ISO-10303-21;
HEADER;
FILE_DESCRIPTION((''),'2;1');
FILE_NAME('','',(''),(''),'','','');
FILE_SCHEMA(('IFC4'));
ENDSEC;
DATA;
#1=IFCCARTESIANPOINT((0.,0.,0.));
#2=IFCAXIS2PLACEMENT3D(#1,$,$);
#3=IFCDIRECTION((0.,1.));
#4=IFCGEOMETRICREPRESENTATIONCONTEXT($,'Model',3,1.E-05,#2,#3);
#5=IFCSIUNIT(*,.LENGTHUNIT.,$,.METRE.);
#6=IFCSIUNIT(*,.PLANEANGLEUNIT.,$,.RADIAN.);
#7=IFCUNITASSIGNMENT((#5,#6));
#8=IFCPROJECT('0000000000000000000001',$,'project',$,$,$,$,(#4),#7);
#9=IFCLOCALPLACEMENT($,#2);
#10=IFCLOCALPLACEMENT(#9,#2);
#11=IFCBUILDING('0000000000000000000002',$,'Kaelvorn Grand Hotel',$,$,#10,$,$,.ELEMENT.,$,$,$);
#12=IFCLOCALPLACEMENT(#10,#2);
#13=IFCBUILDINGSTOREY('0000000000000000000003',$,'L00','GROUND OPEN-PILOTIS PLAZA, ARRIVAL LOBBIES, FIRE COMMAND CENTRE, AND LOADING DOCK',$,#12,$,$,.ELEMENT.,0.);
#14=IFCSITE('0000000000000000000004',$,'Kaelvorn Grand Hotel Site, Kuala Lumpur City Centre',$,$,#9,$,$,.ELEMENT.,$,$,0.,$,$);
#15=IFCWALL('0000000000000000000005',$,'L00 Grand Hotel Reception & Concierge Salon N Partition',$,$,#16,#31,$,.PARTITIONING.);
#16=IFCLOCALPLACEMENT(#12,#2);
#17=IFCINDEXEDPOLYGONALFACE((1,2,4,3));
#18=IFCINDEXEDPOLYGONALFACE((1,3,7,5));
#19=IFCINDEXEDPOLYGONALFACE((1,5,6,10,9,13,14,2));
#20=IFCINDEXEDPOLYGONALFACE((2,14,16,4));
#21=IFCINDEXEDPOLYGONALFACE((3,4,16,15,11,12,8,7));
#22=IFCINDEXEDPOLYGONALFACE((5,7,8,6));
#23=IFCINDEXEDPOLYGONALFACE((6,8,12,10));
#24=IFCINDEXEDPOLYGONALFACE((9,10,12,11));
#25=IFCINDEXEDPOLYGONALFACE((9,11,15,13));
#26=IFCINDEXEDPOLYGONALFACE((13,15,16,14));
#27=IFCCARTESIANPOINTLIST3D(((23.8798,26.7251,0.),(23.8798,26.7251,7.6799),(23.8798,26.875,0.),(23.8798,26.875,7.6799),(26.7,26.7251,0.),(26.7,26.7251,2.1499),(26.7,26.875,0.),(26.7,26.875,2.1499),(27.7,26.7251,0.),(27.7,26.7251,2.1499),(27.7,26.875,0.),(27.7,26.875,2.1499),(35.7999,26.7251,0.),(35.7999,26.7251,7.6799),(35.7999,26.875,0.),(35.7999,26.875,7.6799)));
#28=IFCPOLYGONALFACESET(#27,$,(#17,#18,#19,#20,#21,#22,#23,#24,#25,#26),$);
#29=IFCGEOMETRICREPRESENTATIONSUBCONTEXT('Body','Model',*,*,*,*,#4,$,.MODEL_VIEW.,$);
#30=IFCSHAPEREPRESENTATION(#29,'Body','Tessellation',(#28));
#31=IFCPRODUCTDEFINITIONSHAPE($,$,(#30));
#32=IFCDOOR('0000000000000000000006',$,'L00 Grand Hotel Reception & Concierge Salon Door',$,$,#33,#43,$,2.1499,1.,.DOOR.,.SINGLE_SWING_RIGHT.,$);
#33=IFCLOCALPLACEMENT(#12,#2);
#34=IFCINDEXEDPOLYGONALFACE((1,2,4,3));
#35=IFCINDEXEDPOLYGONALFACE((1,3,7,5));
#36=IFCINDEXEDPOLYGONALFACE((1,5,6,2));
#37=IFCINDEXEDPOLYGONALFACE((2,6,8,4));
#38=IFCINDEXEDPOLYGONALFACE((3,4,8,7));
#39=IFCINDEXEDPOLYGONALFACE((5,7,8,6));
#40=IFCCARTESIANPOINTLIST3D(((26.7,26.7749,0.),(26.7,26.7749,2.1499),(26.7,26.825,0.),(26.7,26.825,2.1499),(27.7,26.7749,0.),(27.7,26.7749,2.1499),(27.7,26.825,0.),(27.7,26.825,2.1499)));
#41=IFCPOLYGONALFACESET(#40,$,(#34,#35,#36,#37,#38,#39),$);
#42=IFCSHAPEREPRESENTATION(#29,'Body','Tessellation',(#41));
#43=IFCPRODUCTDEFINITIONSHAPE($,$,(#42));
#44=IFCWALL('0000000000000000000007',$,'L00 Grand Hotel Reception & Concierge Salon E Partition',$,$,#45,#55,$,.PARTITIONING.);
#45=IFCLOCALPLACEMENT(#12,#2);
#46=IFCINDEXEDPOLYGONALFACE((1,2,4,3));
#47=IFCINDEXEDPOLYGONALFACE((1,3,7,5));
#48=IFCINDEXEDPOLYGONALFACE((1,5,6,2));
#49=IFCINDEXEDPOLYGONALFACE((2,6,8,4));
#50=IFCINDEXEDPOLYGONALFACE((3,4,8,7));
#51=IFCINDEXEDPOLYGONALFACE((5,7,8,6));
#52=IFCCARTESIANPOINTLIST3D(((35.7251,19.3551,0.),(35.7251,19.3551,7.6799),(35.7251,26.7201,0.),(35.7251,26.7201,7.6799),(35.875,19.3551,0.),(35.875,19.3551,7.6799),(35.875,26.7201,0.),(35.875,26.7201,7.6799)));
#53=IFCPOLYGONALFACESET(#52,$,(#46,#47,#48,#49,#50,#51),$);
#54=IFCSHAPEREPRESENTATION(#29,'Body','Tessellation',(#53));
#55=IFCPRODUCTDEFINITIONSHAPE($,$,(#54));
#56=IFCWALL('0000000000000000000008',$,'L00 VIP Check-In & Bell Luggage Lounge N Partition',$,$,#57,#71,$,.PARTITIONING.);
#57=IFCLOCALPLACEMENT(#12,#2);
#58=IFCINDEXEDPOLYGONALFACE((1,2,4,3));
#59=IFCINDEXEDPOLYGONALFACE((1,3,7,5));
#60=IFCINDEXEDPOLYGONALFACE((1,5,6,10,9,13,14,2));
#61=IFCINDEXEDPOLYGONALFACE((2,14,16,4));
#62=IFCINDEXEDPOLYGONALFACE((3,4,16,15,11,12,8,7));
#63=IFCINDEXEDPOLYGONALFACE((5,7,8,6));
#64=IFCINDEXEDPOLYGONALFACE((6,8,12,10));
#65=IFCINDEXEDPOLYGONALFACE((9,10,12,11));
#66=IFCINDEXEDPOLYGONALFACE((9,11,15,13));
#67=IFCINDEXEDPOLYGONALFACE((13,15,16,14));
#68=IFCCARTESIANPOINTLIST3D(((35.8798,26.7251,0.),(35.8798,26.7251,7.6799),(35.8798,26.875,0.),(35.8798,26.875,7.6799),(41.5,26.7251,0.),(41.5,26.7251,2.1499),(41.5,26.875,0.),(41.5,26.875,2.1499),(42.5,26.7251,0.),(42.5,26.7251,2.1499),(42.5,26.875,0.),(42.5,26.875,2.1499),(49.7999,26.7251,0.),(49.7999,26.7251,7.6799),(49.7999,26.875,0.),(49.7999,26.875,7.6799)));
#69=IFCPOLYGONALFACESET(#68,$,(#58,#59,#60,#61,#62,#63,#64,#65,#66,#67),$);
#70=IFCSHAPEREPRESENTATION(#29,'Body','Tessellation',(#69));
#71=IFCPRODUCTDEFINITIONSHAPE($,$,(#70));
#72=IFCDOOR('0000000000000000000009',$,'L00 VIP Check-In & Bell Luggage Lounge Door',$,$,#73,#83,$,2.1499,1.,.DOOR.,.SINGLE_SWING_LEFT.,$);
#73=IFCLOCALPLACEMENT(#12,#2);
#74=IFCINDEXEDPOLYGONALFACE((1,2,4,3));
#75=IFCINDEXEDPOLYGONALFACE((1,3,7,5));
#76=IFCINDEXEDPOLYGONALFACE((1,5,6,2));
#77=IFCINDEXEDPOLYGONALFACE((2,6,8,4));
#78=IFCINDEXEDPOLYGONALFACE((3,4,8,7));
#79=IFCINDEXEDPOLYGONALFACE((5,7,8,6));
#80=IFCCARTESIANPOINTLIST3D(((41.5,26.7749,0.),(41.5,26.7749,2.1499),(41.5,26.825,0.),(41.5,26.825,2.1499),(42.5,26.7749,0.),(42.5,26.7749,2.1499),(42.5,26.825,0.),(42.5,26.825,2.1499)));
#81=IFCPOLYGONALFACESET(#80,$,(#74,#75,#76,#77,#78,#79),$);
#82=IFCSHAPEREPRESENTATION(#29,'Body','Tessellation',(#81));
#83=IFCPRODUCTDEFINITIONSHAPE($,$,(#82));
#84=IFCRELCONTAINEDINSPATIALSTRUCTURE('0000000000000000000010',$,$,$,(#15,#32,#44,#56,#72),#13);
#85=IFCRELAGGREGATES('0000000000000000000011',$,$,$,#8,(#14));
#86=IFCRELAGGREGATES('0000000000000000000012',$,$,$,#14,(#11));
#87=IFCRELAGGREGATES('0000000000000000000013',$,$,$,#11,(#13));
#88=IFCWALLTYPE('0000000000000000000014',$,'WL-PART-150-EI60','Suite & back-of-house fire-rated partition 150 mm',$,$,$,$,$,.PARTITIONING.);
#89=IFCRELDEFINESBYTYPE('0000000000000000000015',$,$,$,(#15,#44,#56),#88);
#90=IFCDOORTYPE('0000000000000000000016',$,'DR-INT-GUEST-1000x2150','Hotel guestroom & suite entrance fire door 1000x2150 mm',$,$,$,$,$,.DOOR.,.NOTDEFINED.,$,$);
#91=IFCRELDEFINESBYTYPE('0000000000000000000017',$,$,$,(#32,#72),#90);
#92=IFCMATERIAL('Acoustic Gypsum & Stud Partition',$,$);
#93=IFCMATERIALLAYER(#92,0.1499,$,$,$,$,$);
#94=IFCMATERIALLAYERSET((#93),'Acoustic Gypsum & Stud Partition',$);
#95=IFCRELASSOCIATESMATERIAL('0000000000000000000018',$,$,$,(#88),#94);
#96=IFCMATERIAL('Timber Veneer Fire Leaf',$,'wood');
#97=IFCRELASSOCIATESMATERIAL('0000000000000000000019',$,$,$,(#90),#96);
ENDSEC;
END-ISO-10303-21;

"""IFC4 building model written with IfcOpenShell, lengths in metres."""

from ifc_helpers import new_model, si_unit, direction, frame, frame_2d, origin, place, context, subcontext, project, spatial, rectangle, extrude, material, layer, layer_set, type_object, element, fill, save


model = new_model("IFC4")

# Units and contexts
model_context = context("Model", 3, precision=1e-05, world=origin(), true_north=direction((0.0, 1.0)))
body_context = subcontext(model_context, "Body", "Model", "MODEL_VIEW")
ifc_project = project(units=[si_unit("LENGTHUNIT", "METRE"), si_unit("PLANEANGLEUNIT", "RADIAN")], contexts=[model_context])

# Site, building, storey
site_placement = place(None, origin())
site = spatial("IfcSite", under=ifc_project, at=site_placement, Name="Kaelvorn Grand Hotel Site, Kuala Lumpur City Centre", CompositionType="ELEMENT", RefElevation=0.0)
building_placement = place(site_placement, origin())
building = spatial("IfcBuilding", under=site, at=building_placement, Name="Kaelvorn Grand Hotel", CompositionType="ELEMENT")
storey_placement = place(building_placement, origin())
storey = spatial("IfcBuildingStorey", under=building, at=storey_placement, Name="L00", Description="GROUND OPEN-PILOTIS PLAZA, ARRIVAL LOBBIES, FIRE COMMAND CENTRE, AND LOADING DOCK", CompositionType="ELEMENT", Elevation=0.0)

# Shared definitions
ifc_material_1 = material(Name="Acoustic Gypsum & Stud Partition")
ifc_layer_1 = layer(ifc_material_1, 0.1499)
ifc_layer_set_1 = layer_set([ifc_layer_1], Name="Acoustic Gypsum & Stud Partition")
wall_type = type_object("IfcWallType", Name="WL-PART-150-EI60", Description="Suite & back-of-house fire-rated partition 150 mm", PredefinedType="PARTITIONING", material=ifc_layer_set_1)

# Wall, opening, door
wall_1_placement = place(storey_placement, frame((23.8799, 26.8, 0.0), z_axis=(0.0, 0.0, 1.0), x_axis=(1.0, 0.0, 0.0)))
wall_1 = element("IfcWall", 1, at=wall_1_placement, inside=storey, type_object=wall_type, Name="L00 Grand Hotel Reception & Concierge Salon N Partition", PredefinedType="PARTITIONING", context=body_context, shape_type="SweptSolid", body=[
    extrude(rectangle(XDim=11.9202, YDim=0.1499, at=frame_2d((5.96, 0.0))), origin(), (0.0, 0.0, 1.0), 7.6799),
])
opening_1_placement = place(wall_1_placement, frame((2.8201, 0.0, 0.0)))
opening_1 = element("IfcOpeningElement", 2, at=opening_1_placement, cuts=wall_1, PredefinedType="OPENING", context=body_context, shape_type="SweptSolid", body=[
    extrude(rectangle(XDim=1.0, YDim=2.1499, at=frame_2d((0.5, 1.075))), frame((0.0, 0.085, 0.0), z_axis=(0.0, -1.0, 0.0), x_axis=(1.0, 0.0, 0.0)), (0.0, 0.0, 1.0), 0.1699),
])
ifc_material_2 = material(Name="Timber Veneer Fire Leaf", Category="wood")
door_type = type_object("IfcDoorType", Name="DR-INT-GUEST-1000x2150", Description="Hotel guestroom & suite entrance fire door 1000x2150 mm", OperationType="NOTDEFINED", PredefinedType="DOOR", material=ifc_material_2)
door_1_placement = place(opening_1_placement, origin())
door_1 = element("IfcDoor", 3, at=door_1_placement, inside=storey, type_object=door_type, Name="L00 Grand Hotel Reception & Concierge Salon Door", OperationType="SINGLE_SWING_RIGHT", OverallHeight=2.1499, OverallWidth=1.0, PredefinedType="DOOR", context=body_context, shape_type="SweptSolid", body=[
    extrude(rectangle(XDim=1.0, YDim=2.1499, at=frame_2d((0.5, 1.075))), frame((0.0, 0.0249, 0.0), z_axis=(0.0, -1.0, 0.0), x_axis=(1.0, 0.0, 0.0)), (0.0, 0.0, 1.0), 0.05),
])
fill(opening_1, door_1)

# Wall
wall_2_placement = place(storey_placement, frame((35.8, 19.355, 0.0), z_axis=(0.0, 0.0, 1.0), x_axis=(0.0, 1.0, 0.0)))
element("IfcWall", 4, at=wall_2_placement, inside=storey, type_object=wall_type, Name="L00 Grand Hotel Reception & Concierge Salon E Partition", PredefinedType="PARTITIONING", context=body_context, shape_type="SweptSolid", body=[
    extrude(rectangle(XDim=7.365, YDim=0.1499, at=frame_2d((3.6826, 0.0))), origin(), (0.0, 0.0, 1.0), 7.6799),
])

# Wall, opening, door
wall_3_placement = place(storey_placement, frame((35.8799, 26.8, 0.0), z_axis=(0.0, 0.0, 1.0), x_axis=(1.0, 0.0, 0.0)))
wall_3 = element("IfcWall", 5, at=wall_3_placement, inside=storey, type_object=wall_type, Name="L00 VIP Check-In & Bell Luggage Lounge N Partition", PredefinedType="PARTITIONING", context=body_context, shape_type="SweptSolid", body=[
    extrude(rectangle(XDim=13.9202, YDim=0.1499, at=frame_2d((6.96, 0.0))), origin(), (0.0, 0.0, 1.0), 7.6799),
])
opening_2_placement = place(wall_3_placement, frame((5.6201, 0.0, 0.0)))
opening_2 = element("IfcOpeningElement", 6, at=opening_2_placement, cuts=wall_3, PredefinedType="OPENING", context=body_context, shape_type="SweptSolid", body=[
    extrude(rectangle(XDim=1.0, YDim=2.1499, at=frame_2d((0.5, 1.075))), frame((0.0, 0.085, 0.0), z_axis=(0.0, -1.0, 0.0), x_axis=(1.0, 0.0, 0.0)), (0.0, 0.0, 1.0), 0.1699),
])
door_2_placement = place(opening_2_placement, origin())
door_2 = element("IfcDoor", 7, at=door_2_placement, inside=storey, type_object=door_type, Name="L00 VIP Check-In & Bell Luggage Lounge Door", OperationType="SINGLE_SWING_LEFT", OverallHeight=2.1499, OverallWidth=1.0, PredefinedType="DOOR", context=body_context, shape_type="SweptSolid", body=[
    extrude(rectangle(XDim=1.0, YDim=2.1499, at=frame_2d((0.5, 1.075))), frame((0.0, 0.0249, 0.0), z_axis=(0.0, -1.0, 0.0), x_axis=(1.0, 0.0, 0.0)), (0.0, 0.0, 1.0), 0.05),
])
fill(opening_2, door_2)

save(model, "model.ifc")
